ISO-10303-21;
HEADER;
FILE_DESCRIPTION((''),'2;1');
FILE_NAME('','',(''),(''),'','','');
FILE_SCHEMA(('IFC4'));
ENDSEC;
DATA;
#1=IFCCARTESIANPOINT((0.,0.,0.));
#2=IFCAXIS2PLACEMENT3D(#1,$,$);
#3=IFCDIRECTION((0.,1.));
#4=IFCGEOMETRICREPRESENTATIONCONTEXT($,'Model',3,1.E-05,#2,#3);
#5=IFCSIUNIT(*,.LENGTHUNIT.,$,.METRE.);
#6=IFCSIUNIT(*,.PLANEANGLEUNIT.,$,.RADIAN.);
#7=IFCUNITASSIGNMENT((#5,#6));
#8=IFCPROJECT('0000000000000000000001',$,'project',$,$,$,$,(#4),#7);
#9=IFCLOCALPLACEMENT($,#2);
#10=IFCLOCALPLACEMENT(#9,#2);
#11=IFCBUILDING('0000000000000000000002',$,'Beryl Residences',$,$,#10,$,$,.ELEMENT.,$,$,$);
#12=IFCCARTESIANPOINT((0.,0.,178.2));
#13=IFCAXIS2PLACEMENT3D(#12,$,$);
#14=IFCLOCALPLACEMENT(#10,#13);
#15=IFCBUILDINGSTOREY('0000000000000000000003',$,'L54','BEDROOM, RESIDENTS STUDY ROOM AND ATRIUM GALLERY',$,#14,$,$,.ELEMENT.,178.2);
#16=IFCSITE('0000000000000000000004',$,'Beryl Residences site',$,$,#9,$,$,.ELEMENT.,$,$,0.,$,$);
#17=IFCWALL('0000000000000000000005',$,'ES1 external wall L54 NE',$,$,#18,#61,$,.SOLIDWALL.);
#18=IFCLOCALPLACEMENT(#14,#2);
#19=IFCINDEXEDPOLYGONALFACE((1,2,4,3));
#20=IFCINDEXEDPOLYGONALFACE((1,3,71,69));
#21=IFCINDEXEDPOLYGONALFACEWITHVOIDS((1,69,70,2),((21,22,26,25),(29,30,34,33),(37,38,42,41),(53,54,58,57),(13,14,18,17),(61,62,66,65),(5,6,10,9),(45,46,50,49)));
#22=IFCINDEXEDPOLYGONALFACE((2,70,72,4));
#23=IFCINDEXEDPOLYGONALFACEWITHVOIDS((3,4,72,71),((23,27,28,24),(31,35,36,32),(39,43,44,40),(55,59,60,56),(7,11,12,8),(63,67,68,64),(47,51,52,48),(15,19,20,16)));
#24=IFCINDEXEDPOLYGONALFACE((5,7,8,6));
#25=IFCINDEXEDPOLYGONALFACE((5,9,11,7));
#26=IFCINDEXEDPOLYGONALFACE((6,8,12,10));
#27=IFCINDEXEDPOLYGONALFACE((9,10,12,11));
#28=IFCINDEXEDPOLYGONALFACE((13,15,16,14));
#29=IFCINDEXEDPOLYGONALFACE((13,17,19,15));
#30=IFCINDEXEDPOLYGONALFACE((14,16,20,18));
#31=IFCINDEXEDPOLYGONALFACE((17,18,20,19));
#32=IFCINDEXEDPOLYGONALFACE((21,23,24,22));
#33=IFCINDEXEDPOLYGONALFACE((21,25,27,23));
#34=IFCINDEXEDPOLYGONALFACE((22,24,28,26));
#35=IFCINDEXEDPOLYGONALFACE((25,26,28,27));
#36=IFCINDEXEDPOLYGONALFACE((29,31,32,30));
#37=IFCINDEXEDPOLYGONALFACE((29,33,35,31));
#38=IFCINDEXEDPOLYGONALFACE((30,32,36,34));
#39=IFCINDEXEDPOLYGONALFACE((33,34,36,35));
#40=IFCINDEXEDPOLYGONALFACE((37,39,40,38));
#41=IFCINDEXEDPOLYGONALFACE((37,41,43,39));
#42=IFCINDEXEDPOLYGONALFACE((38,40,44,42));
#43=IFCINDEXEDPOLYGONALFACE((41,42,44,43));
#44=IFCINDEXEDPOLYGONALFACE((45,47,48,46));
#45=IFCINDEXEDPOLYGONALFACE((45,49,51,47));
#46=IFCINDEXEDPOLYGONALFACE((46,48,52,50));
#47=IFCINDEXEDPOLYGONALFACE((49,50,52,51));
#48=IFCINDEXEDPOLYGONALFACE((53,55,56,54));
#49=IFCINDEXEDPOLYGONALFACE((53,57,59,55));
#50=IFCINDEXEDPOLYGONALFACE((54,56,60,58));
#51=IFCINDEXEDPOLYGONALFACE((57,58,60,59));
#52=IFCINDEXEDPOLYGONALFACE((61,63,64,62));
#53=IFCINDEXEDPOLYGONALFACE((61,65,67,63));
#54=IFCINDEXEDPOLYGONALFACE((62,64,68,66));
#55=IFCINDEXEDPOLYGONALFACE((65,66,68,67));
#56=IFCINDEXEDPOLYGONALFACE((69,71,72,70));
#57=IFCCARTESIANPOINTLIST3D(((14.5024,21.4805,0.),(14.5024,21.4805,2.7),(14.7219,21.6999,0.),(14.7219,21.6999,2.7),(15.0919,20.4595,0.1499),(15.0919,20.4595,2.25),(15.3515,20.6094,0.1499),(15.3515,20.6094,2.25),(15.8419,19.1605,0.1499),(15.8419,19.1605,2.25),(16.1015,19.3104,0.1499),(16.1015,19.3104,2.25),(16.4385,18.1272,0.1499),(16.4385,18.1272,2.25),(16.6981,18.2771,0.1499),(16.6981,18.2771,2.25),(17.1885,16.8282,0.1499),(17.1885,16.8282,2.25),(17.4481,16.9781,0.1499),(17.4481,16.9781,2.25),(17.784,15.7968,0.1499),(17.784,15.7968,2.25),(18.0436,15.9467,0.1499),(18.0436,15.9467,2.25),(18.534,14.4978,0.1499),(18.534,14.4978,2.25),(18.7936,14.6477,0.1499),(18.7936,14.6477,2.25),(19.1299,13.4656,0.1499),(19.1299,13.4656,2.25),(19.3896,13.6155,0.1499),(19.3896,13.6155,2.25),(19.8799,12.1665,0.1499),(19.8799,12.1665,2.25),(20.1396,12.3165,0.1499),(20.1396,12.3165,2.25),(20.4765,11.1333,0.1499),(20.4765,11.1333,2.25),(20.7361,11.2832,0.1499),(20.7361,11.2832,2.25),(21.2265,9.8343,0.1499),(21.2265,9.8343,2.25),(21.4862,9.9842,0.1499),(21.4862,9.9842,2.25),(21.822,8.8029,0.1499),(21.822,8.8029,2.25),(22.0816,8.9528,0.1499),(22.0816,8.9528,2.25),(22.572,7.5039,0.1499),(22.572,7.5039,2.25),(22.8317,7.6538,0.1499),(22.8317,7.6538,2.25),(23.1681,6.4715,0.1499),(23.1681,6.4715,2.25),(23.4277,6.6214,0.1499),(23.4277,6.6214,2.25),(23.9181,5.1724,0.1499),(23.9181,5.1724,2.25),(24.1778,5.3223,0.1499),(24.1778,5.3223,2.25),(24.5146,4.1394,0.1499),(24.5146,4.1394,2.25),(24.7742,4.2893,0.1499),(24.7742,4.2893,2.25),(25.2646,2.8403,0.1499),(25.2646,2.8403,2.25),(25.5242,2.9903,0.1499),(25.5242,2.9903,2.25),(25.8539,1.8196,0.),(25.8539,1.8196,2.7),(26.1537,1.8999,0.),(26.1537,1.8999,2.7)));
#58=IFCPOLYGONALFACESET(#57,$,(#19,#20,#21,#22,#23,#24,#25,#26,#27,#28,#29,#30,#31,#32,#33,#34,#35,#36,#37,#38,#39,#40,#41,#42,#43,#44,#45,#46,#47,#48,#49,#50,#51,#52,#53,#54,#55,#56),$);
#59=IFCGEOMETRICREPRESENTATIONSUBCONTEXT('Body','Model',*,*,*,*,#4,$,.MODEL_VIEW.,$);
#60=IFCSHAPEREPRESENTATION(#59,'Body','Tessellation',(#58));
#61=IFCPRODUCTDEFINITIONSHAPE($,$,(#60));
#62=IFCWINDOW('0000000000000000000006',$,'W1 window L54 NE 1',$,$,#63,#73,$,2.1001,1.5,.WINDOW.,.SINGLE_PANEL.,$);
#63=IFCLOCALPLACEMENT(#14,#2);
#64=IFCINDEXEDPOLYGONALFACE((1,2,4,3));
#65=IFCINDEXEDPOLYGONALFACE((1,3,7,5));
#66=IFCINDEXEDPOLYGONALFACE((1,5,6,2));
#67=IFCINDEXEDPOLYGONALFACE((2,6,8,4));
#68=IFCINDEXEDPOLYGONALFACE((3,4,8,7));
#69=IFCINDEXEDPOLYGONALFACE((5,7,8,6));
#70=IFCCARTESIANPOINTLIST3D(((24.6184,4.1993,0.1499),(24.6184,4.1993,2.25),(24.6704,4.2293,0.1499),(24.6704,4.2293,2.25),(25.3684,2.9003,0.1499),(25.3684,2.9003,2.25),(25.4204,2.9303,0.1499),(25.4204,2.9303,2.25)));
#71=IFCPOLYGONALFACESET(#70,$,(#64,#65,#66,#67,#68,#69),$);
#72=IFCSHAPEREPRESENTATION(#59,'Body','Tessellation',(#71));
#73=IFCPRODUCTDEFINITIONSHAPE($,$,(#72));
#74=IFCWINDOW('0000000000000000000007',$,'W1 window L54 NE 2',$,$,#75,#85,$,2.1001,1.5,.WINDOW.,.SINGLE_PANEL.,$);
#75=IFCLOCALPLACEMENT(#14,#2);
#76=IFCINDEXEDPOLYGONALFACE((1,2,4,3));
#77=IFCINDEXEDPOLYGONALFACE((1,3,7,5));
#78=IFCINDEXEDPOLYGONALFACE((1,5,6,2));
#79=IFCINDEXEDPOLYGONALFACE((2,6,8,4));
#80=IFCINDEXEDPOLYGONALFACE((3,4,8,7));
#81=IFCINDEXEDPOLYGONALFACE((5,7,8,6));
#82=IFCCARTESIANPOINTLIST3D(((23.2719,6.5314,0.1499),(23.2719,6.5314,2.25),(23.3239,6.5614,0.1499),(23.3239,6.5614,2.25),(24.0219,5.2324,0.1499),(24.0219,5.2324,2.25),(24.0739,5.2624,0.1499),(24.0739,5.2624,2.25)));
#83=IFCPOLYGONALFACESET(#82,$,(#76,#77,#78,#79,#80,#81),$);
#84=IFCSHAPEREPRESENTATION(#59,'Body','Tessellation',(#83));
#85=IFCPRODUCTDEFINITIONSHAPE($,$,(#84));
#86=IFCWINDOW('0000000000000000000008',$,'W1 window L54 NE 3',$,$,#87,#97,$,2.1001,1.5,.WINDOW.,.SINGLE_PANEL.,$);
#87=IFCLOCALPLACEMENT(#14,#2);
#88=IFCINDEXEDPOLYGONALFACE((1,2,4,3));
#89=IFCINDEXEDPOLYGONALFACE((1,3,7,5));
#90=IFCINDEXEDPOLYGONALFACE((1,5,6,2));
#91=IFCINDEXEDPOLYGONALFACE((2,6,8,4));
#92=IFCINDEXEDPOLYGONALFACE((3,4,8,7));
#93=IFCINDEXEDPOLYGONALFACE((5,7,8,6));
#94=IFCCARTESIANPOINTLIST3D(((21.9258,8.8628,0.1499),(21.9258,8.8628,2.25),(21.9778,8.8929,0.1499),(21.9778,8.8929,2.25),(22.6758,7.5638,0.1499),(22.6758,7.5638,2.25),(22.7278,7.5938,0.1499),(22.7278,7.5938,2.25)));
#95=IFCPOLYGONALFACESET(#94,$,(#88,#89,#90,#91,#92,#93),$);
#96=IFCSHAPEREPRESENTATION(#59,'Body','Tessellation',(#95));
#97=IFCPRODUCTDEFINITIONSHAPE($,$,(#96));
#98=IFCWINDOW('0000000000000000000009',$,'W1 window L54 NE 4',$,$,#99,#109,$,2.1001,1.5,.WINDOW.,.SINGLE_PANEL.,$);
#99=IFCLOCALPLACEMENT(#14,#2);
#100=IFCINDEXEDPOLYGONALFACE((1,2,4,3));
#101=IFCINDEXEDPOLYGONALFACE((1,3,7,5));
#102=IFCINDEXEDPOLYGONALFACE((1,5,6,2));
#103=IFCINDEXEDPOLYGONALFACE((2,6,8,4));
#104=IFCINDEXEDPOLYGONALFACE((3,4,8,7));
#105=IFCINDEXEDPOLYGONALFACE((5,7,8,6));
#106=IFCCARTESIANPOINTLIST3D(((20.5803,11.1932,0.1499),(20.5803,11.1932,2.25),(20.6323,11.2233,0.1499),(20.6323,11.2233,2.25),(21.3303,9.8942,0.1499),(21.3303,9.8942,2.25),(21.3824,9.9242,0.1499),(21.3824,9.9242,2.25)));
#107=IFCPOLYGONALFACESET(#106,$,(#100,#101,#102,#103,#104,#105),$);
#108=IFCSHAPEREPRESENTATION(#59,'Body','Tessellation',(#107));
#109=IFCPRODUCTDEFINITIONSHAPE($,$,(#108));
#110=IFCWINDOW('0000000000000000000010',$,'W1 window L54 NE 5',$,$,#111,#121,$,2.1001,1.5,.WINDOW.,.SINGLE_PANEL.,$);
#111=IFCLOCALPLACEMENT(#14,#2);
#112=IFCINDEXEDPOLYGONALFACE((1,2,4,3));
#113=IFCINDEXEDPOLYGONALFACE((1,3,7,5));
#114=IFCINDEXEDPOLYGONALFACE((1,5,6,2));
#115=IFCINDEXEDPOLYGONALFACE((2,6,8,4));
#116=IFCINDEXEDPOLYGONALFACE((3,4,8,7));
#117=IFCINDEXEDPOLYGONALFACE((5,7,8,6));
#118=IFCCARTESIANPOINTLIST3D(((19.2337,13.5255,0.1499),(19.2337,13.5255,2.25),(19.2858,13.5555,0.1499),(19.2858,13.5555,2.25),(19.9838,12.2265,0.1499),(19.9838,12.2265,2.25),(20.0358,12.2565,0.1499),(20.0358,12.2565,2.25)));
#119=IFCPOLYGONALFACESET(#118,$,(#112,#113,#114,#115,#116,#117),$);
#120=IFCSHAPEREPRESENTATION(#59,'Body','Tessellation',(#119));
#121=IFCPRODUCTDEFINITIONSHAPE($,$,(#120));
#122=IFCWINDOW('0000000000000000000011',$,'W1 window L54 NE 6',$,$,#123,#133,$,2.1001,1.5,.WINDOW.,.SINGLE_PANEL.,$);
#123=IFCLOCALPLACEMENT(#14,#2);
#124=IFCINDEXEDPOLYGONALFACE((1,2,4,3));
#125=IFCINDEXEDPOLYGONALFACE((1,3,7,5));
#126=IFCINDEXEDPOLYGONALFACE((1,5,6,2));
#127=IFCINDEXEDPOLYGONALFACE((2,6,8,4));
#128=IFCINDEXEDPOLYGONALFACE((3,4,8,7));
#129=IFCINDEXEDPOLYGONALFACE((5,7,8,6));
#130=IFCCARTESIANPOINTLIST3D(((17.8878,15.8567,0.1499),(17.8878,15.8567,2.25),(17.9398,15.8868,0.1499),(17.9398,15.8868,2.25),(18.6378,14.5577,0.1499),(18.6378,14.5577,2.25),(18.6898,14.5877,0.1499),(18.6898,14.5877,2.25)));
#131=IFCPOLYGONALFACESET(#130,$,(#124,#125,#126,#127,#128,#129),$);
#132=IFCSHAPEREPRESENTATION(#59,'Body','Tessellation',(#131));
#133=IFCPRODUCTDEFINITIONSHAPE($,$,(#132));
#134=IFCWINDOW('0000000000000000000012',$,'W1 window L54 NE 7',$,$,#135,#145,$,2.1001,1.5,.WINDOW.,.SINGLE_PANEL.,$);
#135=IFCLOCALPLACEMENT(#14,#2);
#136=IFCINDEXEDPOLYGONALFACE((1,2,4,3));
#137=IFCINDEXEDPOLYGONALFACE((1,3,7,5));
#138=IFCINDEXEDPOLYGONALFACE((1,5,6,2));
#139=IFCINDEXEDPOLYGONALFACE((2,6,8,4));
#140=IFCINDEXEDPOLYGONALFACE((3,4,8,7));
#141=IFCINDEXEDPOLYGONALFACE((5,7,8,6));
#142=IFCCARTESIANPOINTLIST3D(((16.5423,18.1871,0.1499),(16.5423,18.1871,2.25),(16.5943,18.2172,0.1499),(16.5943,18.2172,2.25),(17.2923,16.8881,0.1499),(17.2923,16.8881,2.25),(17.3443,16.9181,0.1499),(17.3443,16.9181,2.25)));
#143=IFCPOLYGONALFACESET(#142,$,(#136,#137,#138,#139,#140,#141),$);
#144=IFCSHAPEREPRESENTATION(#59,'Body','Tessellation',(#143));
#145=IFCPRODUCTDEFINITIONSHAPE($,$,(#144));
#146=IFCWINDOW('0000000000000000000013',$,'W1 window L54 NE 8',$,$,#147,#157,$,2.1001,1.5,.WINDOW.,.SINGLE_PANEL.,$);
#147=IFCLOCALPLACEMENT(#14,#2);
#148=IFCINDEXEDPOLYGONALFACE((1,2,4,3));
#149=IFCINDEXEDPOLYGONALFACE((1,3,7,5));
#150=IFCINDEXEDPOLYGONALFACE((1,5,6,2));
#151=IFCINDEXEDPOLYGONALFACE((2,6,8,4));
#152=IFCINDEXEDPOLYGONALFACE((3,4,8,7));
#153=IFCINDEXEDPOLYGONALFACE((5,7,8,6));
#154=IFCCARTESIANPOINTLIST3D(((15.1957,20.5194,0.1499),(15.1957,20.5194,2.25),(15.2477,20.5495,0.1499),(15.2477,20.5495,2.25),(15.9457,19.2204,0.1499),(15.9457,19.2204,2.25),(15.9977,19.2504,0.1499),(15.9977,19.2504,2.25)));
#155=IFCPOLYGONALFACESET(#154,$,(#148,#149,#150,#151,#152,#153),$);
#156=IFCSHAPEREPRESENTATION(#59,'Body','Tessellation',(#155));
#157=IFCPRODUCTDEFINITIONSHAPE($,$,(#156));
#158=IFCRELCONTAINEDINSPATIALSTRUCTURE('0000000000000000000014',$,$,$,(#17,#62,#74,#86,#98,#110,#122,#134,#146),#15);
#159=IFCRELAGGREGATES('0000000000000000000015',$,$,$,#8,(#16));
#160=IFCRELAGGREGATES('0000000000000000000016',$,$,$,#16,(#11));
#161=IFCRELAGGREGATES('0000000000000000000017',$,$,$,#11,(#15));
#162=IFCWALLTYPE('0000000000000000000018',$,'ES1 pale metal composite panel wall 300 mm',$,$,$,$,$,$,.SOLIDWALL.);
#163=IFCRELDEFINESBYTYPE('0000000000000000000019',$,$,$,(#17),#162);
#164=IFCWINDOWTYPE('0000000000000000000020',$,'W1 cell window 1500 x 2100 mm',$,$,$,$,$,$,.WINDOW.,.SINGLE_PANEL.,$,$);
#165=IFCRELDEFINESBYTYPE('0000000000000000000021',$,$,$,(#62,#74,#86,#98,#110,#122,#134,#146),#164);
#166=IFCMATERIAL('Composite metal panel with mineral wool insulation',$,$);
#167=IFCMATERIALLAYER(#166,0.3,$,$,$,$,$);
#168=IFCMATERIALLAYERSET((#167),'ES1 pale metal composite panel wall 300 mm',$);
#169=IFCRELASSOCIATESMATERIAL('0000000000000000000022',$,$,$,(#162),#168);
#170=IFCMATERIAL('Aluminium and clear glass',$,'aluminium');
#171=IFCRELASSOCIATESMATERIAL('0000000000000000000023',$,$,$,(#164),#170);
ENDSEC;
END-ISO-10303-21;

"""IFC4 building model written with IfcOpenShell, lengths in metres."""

from ifc_helpers import new_model, si_unit, direction, frame, frame_2d, origin, place, context, subcontext, project, spatial, polyline, rectangle, outline, extrude, material, layer, layer_set, type_object, element, fill, save


model = new_model("IFC4")

# Units and contexts
model_context = context("Model", 3, precision=1e-05, world=origin(), true_north=direction((0.0, 1.0)))
body_context = subcontext(model_context, "Body", "Model", "MODEL_VIEW")
ifc_project = project(units=[si_unit("LENGTHUNIT", "METRE"), si_unit("PLANEANGLEUNIT", "RADIAN")], contexts=[model_context])

# Site, building, storey
site_placement = place(None, origin())
site = spatial("IfcSite", under=ifc_project, at=site_placement, Name="Beryl Residences site", CompositionType="ELEMENT", RefElevation=0.0)
building_placement = place(site_placement, origin())
building = spatial("IfcBuilding", under=site, at=building_placement, Name="Beryl Residences", CompositionType="ELEMENT")
storey_placement = place(building_placement, frame((0.0, 0.0, 178.2)))
storey = spatial("IfcBuildingStorey", under=building, at=storey_placement, Name="L54", Description="BEDROOM, RESIDENTS STUDY ROOM AND ATRIUM GALLERY", CompositionType="ELEMENT", Elevation=178.2)

# Wall, openings, windows
ifc_material_1 = material(Name="Composite metal panel with mineral wool insulation")
ifc_layer = layer(ifc_material_1, 0.3)
ifc_layer_set = layer_set([ifc_layer], Name="ES1 pale metal composite panel wall 300 mm")
wall_type = type_object("IfcWallType", Name="ES1 pale metal composite panel wall 300 mm", PredefinedType="SOLIDWALL", material=ifc_layer_set)
wall_placement = place(storey_placement, frame((26.0239, 1.825, 0.0), z_axis=(0.0, 0.0, 1.0), x_axis=(-0.500011, 0.866019, 0.0)))
wall = element("IfcWall", 1, at=wall_placement, inside=storey, type_object=wall_type, Name="ES1 external wall L54 NE", PredefinedType="SOLIDWALL", context=body_context, shape_type="SweptSolid", body=[
    extrude(outline(polyline([(0.0, -0.1499), (22.8633, -0.1499), (22.783, 0.1499), (0.0803, 0.1499), (0.0, -0.1499)])), origin(), (0.0, 0.0, 1.0), 2.7),
])
opening_1_placement = place(wall_placement, frame((1.259, 0.0, 0.1499)))
opening_1 = element("IfcOpeningElement", 2, at=opening_1_placement, cuts=wall, PredefinedType="OPENING", context=body_context, shape_type="SweptSolid", body=[
    extrude(rectangle(XDim=1.5, YDim=2.1001, at=frame_2d((0.75, 1.05))), frame((0.0, 0.1599, 0.0), z_axis=(0.0, -1.0, 0.0), x_axis=(1.0, 0.0, 0.0)), (0.0, 0.0, 1.0), 0.3201),
])
opening_2_placement = place(wall_placement, frame((3.9519, 0.0, 0.1499)))
opening_2 = element("IfcOpeningElement", 3, at=opening_2_placement, cuts=wall, PredefinedType="OPENING", context=body_context, shape_type="SweptSolid", body=[
    extrude(rectangle(XDim=1.5, YDim=2.1001, at=frame_2d((0.75, 1.05))), frame((0.0, 0.1599, 0.0), z_axis=(0.0, -1.0, 0.0), x_axis=(1.0, 0.0, 0.0)), (0.0, 0.0, 1.0), 0.3201),
])
opening_3_placement = place(wall_placement, frame((6.644, 0.0, 0.1499)))
opening_3 = element("IfcOpeningElement", 4, at=opening_3_placement, cuts=wall, PredefinedType="OPENING", context=body_context, shape_type="SweptSolid", body=[
    extrude(rectangle(XDim=1.5, YDim=2.1001, at=frame_2d((0.75, 1.05))), frame((0.0, 0.1599, 0.0), z_axis=(0.0, -1.0, 0.0), x_axis=(1.0, 0.0, 0.0)), (0.0, 0.0, 1.0), 0.3201),
])
opening_4_placement = place(wall_placement, frame((9.335, 0.0, 0.1499)))
opening_4 = element("IfcOpeningElement", 5, at=opening_4_placement, cuts=wall, PredefinedType="OPENING", context=body_context, shape_type="SweptSolid", body=[
    extrude(rectangle(XDim=1.5, YDim=2.1001, at=frame_2d((0.75, 1.05))), frame((0.0, 0.1599, 0.0), z_axis=(0.0, -1.0, 0.0), x_axis=(1.0, 0.0, 0.0)), (0.0, 0.0, 1.0), 0.3201),
])
opening_5_placement = place(wall_placement, frame((12.0281, 0.0, 0.1499)))
opening_5 = element("IfcOpeningElement", 6, at=opening_5_placement, cuts=wall, PredefinedType="OPENING", context=body_context, shape_type="SweptSolid", body=[
    extrude(rectangle(XDim=1.5, YDim=2.1001, at=frame_2d((0.75, 1.05))), frame((0.0, 0.1599, 0.0), z_axis=(0.0, -1.0, 0.0), x_axis=(1.0, 0.0, 0.0)), (0.0, 0.0, 1.0), 0.3201),
])
opening_6_placement = place(wall_placement, frame((14.72, 0.0, 0.1499)))
opening_6 = element("IfcOpeningElement", 7, at=opening_6_placement, cuts=wall, PredefinedType="OPENING", context=body_context, shape_type="SweptSolid", body=[
    extrude(rectangle(XDim=1.5, YDim=2.1001, at=frame_2d((0.75, 1.05))), frame((0.0, 0.1599, 0.0), z_axis=(0.0, -1.0, 0.0), x_axis=(1.0, 0.0, 0.0)), (0.0, 0.0, 1.0), 0.3201),
])
opening_7_placement = place(wall_placement, frame((17.4109, 0.0, 0.1499)))
opening_7 = element("IfcOpeningElement", 8, at=opening_7_placement, cuts=wall, PredefinedType="OPENING", context=body_context, shape_type="SweptSolid", body=[
    extrude(rectangle(XDim=1.5, YDim=2.1001, at=frame_2d((0.75, 1.05))), frame((0.0, 0.1599, 0.0), z_axis=(0.0, -1.0, 0.0), x_axis=(1.0, 0.0, 0.0)), (0.0, 0.0, 1.0), 0.3201),
])
opening_8_placement = place(wall_placement, frame((20.104, 0.0, 0.1499)))
opening_8 = element("IfcOpeningElement", 9, at=opening_8_placement, cuts=wall, PredefinedType="OPENING", context=body_context, shape_type="SweptSolid", body=[
    extrude(rectangle(XDim=1.5, YDim=2.1001, at=frame_2d((0.75, 1.05))), frame((0.0, 0.1599, 0.0), z_axis=(0.0, -1.0, 0.0), x_axis=(1.0, 0.0, 0.0)), (0.0, 0.0, 1.0), 0.3201),
])
ifc_material_2 = material(Name="Aluminium and clear glass", Category="aluminium")
window_type = type_object("IfcWindowType", Name="W1 cell window 1500 x 2100 mm", PartitioningType="SINGLE_PANEL", PredefinedType="WINDOW", material=ifc_material_2)
window_1_placement = place(opening_1_placement, origin())
window_1 = element("IfcWindow", 10, at=window_1_placement, inside=storey, type_object=window_type, Name="W1 window L54 NE 1", OverallHeight=2.1001, OverallWidth=1.5, PartitioningType="SINGLE_PANEL", PredefinedType="WINDOW", context=body_context, shape_type="SweptSolid", body=[
    extrude(rectangle(XDim=1.5, YDim=2.1001, at=frame_2d((0.75, 1.05))), frame((0.0, 0.03, 0.0), z_axis=(0.0, -1.0, 0.0), x_axis=(1.0, 0.0, 0.0)), (0.0, 0.0, 1.0), 0.0601),
])
fill(opening_1, window_1)
window_2_placement = place(opening_2_placement, origin())
window_2 = element("IfcWindow", 11, at=window_2_placement, inside=storey, type_object=window_type, Name="W1 window L54 NE 2", OverallHeight=2.1001, OverallWidth=1.5, PartitioningType="SINGLE_PANEL", PredefinedType="WINDOW", context=body_context, shape_type="SweptSolid", body=[
    extrude(rectangle(XDim=1.5, YDim=2.1001, at=frame_2d((0.75, 1.05))), frame((0.0, 0.03, 0.0), z_axis=(0.0, -1.0, 0.0), x_axis=(1.0, 0.0, 0.0)), (0.0, 0.0, 1.0), 0.0601),
])
fill(opening_2, window_2)
window_3_placement = place(opening_3_placement, origin())
window_3 = element("IfcWindow", 12, at=window_3_placement, inside=storey, type_object=window_type, Name="W1 window L54 NE 3", OverallHeight=2.1001, OverallWidth=1.5, PartitioningType="SINGLE_PANEL", PredefinedType="WINDOW", context=body_context, shape_type="SweptSolid", body=[
    extrude(rectangle(XDim=1.5, YDim=2.1001, at=frame_2d((0.75, 1.05))), frame((0.0, 0.03, 0.0), z_axis=(0.0, -1.0, 0.0), x_axis=(1.0, 0.0, 0.0)), (0.0, 0.0, 1.0), 0.0601),
])
fill(opening_3, window_3)
window_4_placement = place(opening_4_placement, origin())
window_4 = element("IfcWindow", 13, at=window_4_placement, inside=storey, type_object=window_type, Name="W1 window L54 NE 4", OverallHeight=2.1001, OverallWidth=1.5, PartitioningType="SINGLE_PANEL", PredefinedType="WINDOW", context=body_context, shape_type="SweptSolid", body=[
    extrude(rectangle(XDim=1.5, YDim=2.1001, at=frame_2d((0.75, 1.05))), frame((0.0, 0.03, 0.0), z_axis=(0.0, -1.0, 0.0), x_axis=(1.0, 0.0, 0.0)), (0.0, 0.0, 1.0), 0.0601),
])
fill(opening_4, window_4)
window_5_placement = place(opening_5_placement, origin())
window_5 = element("IfcWindow", 14, at=window_5_placement, inside=storey, type_object=window_type, Name="W1 window L54 NE 5", OverallHeight=2.1001, OverallWidth=1.5, PartitioningType="SINGLE_PANEL", PredefinedType="WINDOW", context=body_context, shape_type="SweptSolid", body=[
    extrude(rectangle(XDim=1.5, YDim=2.1001, at=frame_2d((0.75, 1.05))), frame((0.0, 0.03, 0.0), z_axis=(0.0, -1.0, 0.0), x_axis=(1.0, 0.0, 0.0)), (0.0, 0.0, 1.0), 0.0601),
])
fill(opening_5, window_5)
window_6_placement = place(opening_6_placement, origin())
window_6 = element("IfcWindow", 15, at=window_6_placement, inside=storey, type_object=window_type, Name="W1 window L54 NE 6", OverallHeight=2.1001, OverallWidth=1.5, PartitioningType="SINGLE_PANEL", PredefinedType="WINDOW", context=body_context, shape_type="SweptSolid", body=[
    extrude(rectangle(XDim=1.5, YDim=2.1001, at=frame_2d((0.75, 1.05))), frame((0.0, 0.03, 0.0), z_axis=(0.0, -1.0, 0.0), x_axis=(1.0, 0.0, 0.0)), (0.0, 0.0, 1.0), 0.0601),
])
fill(opening_6, window_6)
window_7_placement = place(opening_7_placement, origin())
window_7 = element("IfcWindow", 16, at=window_7_placement, inside=storey, type_object=window_type, Name="W1 window L54 NE 7", OverallHeight=2.1001, OverallWidth=1.5, PartitioningType="SINGLE_PANEL", PredefinedType="WINDOW", context=body_context, shape_type="SweptSolid", body=[
    extrude(rectangle(XDim=1.5, YDim=2.1001, at=frame_2d((0.75, 1.05))), frame((0.0, 0.03, 0.0), z_axis=(0.0, -1.0, 0.0), x_axis=(1.0, 0.0, 0.0)), (0.0, 0.0, 1.0), 0.0601),
])
fill(opening_7, window_7)
window_8_placement = place(opening_8_placement, origin())
window_8 = element("IfcWindow", 17, at=window_8_placement, inside=storey, type_object=window_type, Name="W1 window L54 NE 8", OverallHeight=2.1001, OverallWidth=1.5, PartitioningType="SINGLE_PANEL", PredefinedType="WINDOW", context=body_context, shape_type="SweptSolid", body=[
    extrude(rectangle(XDim=1.5, YDim=2.1001, at=frame_2d((0.75, 1.05))), frame((0.0, 0.03, 0.0), z_axis=(0.0, -1.0, 0.0), x_axis=(1.0, 0.0, 0.0)), (0.0, 0.0, 1.0), 0.0601),
])
fill(opening_8, window_8)

save(model, "model.ifc")
